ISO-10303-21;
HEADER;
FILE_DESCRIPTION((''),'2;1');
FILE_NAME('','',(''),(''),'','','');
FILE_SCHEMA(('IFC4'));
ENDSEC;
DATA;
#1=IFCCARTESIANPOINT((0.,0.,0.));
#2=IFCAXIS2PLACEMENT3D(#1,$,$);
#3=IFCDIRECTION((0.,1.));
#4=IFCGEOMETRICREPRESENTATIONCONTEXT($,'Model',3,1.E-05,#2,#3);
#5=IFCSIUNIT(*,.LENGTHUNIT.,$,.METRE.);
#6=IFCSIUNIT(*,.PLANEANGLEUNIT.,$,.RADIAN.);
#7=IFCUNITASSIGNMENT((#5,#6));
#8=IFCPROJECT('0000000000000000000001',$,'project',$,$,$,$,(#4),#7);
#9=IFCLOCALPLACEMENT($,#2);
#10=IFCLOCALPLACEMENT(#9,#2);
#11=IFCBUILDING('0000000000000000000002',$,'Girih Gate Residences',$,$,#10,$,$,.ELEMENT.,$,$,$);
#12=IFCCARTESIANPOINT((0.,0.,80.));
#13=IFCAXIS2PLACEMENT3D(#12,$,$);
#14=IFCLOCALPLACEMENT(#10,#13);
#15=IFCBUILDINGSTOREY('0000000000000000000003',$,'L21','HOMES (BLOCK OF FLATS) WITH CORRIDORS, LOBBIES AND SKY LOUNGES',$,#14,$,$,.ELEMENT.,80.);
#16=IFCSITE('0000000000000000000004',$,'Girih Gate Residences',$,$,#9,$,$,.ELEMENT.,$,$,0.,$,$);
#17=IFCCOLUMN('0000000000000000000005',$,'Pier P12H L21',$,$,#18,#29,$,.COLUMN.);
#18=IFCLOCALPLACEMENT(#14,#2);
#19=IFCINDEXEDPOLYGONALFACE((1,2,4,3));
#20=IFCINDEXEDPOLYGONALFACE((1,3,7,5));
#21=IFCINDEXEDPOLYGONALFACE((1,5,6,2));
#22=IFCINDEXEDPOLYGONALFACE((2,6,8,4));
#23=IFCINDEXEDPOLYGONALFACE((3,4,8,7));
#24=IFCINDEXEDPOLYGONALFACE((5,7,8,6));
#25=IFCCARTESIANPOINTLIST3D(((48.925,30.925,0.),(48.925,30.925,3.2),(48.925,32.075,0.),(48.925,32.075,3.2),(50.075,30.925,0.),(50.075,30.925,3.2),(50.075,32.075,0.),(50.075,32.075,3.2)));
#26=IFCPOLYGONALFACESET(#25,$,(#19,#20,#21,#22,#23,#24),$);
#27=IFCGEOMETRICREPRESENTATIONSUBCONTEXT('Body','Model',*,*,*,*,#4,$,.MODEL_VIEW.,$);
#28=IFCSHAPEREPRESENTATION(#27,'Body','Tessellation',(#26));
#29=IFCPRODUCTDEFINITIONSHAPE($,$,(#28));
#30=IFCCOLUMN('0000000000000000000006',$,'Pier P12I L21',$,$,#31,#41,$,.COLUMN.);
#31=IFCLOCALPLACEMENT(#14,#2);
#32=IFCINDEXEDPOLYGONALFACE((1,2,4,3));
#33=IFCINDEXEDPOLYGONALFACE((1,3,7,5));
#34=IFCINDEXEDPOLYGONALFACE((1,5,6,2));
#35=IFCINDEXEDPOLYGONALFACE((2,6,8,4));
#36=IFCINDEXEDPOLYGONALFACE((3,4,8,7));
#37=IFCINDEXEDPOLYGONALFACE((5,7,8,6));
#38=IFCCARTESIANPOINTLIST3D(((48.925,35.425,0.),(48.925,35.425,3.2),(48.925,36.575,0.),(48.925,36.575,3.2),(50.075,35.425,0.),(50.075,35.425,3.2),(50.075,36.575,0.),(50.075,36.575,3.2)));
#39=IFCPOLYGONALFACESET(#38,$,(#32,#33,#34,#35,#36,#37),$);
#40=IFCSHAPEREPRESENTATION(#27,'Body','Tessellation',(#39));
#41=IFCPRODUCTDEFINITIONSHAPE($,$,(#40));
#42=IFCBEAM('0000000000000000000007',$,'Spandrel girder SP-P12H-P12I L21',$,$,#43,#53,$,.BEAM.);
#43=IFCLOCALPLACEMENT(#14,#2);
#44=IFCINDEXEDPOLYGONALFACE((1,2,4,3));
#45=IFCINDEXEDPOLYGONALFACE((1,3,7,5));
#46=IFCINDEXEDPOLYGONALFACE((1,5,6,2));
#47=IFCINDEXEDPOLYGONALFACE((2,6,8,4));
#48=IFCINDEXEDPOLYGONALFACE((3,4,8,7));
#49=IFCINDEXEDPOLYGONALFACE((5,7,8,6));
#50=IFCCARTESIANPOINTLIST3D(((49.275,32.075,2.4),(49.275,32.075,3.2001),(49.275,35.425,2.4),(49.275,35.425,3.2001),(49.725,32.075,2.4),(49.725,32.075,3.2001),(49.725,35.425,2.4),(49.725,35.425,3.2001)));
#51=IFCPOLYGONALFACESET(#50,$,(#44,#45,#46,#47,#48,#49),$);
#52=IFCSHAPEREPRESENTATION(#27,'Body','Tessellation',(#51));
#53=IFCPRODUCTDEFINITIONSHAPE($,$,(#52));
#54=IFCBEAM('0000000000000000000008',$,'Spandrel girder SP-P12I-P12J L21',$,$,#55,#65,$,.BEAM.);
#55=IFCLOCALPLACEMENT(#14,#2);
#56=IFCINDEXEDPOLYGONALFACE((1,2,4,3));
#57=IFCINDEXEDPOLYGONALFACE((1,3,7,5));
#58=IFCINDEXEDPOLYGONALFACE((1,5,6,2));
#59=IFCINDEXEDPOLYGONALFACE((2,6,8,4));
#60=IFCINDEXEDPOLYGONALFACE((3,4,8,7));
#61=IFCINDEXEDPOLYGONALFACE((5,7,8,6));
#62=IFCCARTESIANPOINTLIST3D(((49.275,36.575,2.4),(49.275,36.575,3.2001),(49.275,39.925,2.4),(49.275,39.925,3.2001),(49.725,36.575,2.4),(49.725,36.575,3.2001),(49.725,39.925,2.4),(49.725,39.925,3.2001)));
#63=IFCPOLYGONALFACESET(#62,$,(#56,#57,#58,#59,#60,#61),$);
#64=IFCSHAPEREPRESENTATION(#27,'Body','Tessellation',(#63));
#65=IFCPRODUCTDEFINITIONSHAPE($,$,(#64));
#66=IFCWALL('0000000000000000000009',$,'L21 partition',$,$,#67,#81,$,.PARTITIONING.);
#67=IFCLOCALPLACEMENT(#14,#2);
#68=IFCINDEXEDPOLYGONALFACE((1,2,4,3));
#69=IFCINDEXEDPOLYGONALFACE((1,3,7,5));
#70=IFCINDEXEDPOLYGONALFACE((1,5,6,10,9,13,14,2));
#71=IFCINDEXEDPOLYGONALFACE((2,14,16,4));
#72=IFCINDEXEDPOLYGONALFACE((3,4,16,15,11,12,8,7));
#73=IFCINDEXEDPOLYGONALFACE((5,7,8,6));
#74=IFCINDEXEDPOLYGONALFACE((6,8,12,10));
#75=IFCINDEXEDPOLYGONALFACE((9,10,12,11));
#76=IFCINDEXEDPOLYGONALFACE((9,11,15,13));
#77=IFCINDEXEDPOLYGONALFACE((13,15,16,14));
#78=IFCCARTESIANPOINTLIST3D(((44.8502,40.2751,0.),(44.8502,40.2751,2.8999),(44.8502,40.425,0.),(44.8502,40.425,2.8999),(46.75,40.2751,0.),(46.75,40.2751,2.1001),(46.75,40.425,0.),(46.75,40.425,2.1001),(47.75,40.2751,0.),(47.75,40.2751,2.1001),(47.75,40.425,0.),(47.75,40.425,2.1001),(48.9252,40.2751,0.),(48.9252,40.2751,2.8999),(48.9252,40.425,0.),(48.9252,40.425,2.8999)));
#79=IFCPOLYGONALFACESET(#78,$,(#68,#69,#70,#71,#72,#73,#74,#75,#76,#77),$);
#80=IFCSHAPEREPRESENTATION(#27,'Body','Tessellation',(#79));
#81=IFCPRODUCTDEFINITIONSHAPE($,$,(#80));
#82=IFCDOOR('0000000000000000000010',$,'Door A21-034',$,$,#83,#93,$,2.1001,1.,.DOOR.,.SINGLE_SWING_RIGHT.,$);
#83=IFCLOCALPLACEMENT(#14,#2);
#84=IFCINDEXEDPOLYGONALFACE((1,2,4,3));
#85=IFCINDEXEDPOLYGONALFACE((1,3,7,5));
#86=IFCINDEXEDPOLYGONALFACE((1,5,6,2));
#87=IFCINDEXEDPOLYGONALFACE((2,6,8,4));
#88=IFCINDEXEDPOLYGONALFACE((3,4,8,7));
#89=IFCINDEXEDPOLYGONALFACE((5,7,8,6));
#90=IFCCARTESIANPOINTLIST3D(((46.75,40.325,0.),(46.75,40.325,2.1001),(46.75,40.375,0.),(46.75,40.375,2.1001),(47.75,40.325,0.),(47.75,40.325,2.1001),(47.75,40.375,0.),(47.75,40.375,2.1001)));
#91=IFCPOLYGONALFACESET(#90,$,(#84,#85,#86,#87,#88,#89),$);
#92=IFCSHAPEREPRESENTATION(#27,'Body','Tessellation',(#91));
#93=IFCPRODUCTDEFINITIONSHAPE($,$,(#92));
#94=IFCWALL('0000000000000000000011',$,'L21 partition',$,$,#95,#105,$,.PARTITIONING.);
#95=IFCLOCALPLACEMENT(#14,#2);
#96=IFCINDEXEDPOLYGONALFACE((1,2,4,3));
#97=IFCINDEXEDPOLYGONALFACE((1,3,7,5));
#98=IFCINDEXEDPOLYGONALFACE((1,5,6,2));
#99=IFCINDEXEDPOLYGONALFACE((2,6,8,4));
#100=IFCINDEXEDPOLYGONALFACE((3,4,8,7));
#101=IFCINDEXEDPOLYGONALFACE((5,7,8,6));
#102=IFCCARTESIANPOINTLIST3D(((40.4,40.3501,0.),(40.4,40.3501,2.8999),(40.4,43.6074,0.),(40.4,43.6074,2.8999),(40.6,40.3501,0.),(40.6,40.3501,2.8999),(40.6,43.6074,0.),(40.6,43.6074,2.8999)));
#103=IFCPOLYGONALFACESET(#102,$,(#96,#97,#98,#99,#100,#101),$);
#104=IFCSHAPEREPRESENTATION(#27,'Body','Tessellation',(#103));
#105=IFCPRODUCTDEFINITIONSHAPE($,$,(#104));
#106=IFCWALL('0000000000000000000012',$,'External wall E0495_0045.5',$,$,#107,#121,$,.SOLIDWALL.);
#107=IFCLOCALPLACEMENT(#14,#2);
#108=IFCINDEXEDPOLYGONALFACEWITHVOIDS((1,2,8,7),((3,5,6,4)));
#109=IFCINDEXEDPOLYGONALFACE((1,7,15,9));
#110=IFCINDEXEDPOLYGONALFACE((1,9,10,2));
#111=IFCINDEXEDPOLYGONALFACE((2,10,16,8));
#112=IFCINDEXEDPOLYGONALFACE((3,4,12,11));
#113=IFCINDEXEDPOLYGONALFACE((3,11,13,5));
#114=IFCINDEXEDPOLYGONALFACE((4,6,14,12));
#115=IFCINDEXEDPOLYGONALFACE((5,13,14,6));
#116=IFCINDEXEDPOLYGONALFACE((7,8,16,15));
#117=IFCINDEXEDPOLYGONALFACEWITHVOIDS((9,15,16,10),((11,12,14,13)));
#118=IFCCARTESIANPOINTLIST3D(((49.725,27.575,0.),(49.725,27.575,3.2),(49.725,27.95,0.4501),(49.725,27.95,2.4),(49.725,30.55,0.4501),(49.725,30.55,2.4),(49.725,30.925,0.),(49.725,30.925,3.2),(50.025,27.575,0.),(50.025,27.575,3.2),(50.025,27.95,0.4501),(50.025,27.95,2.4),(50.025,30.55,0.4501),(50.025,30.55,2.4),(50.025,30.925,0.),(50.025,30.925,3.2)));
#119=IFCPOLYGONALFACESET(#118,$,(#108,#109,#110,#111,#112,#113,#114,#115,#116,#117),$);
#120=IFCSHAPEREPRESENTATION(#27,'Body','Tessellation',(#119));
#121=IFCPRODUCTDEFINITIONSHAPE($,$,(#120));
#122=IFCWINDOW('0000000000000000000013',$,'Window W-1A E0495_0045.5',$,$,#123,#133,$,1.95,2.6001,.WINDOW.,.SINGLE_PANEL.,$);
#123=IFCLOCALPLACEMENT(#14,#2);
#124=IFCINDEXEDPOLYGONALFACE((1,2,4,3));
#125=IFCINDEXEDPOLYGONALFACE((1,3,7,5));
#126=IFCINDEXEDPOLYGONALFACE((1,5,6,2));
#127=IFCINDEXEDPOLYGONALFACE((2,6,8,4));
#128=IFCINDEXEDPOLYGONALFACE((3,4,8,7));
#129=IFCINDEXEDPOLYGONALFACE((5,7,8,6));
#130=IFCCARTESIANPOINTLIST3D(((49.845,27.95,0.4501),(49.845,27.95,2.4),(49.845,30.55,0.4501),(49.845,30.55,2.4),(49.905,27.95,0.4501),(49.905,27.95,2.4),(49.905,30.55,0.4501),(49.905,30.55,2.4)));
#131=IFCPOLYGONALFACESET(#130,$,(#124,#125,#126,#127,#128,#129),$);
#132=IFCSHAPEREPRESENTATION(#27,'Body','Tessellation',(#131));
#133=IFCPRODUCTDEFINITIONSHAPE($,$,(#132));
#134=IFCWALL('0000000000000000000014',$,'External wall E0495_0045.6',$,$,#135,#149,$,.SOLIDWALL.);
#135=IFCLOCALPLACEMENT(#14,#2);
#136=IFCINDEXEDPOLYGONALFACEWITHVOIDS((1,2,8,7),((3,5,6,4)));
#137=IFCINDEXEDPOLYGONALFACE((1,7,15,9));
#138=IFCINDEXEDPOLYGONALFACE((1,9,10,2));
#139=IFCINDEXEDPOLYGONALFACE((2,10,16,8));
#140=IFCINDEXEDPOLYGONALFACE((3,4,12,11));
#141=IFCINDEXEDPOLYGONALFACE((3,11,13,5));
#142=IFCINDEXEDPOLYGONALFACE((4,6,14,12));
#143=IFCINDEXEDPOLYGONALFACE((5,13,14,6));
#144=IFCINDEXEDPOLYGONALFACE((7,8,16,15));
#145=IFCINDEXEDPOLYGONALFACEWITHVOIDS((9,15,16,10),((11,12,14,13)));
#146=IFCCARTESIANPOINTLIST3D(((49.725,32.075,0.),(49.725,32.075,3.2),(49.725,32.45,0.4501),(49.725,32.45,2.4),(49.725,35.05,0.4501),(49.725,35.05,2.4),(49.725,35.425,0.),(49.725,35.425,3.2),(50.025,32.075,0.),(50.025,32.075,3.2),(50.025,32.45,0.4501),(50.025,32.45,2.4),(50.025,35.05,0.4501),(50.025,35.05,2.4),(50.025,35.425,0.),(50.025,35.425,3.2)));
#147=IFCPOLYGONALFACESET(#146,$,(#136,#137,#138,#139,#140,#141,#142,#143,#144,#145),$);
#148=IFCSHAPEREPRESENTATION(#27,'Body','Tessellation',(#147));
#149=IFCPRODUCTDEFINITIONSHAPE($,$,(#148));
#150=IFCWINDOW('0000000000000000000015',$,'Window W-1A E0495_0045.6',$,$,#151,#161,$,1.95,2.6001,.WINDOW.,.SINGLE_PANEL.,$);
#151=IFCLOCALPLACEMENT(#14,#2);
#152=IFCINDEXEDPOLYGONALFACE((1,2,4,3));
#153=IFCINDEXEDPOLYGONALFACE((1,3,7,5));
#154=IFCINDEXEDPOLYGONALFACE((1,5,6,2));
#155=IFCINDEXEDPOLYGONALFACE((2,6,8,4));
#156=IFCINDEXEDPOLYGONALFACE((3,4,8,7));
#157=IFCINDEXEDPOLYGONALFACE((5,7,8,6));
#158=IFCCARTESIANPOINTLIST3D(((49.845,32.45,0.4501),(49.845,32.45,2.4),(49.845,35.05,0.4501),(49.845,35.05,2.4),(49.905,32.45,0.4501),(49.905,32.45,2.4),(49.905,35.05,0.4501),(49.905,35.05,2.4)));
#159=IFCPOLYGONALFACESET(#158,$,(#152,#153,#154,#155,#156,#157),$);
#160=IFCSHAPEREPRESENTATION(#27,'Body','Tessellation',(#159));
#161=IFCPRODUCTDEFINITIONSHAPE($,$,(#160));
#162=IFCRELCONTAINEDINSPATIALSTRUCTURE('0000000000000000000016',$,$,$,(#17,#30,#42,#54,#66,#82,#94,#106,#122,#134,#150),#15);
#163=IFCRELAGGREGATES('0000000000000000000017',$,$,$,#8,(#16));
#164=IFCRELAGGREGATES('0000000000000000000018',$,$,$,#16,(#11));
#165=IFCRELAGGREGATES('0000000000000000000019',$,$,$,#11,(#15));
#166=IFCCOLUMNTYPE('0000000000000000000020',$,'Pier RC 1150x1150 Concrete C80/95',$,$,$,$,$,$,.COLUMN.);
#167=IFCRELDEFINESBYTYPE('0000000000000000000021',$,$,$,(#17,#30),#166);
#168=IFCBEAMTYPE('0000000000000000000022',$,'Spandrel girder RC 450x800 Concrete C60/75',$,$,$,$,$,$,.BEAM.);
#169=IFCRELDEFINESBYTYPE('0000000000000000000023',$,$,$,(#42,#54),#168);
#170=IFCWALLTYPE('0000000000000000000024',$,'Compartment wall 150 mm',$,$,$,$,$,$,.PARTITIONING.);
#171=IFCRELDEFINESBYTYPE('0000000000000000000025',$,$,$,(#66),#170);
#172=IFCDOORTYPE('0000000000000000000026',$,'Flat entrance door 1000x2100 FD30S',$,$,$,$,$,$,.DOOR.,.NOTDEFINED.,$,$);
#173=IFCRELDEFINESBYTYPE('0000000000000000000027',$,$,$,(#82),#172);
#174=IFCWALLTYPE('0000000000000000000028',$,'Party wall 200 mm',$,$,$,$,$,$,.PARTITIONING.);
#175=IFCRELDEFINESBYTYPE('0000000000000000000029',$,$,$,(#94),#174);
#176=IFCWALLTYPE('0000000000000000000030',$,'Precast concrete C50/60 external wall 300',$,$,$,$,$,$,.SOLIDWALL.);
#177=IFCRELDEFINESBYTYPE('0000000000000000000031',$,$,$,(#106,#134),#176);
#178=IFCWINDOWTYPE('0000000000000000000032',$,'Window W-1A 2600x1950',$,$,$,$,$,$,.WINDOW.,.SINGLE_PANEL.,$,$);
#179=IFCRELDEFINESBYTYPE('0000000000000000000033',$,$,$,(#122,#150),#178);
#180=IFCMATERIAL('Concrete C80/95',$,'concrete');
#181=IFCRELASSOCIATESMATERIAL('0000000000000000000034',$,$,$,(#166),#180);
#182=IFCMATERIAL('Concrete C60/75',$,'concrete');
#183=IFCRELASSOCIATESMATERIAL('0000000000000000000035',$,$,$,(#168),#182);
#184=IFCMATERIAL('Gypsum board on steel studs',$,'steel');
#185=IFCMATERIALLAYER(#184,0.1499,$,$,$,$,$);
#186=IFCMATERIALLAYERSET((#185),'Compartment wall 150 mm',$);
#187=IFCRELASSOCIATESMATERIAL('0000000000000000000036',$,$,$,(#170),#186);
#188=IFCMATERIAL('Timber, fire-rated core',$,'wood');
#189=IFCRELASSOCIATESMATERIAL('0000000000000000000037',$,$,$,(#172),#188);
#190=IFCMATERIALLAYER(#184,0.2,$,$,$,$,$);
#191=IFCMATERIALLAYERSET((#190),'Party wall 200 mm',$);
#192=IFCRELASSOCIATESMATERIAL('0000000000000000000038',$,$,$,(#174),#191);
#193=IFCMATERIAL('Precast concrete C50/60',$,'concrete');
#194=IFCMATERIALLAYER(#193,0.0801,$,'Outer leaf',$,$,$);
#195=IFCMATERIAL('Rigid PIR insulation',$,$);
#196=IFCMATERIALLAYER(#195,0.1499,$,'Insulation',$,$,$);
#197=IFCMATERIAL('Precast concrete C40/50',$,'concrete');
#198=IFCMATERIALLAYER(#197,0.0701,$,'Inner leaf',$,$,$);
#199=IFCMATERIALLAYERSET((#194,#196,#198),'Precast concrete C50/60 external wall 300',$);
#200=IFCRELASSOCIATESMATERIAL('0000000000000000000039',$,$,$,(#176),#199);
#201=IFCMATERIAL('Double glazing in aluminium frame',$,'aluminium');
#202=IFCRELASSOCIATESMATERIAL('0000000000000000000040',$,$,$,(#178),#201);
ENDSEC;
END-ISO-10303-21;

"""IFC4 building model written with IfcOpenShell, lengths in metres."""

from ifc_helpers import new_model, si_unit, direction, frame, frame_2d, origin, origin_2d, place, context, subcontext, project, spatial, rectangle, extrude, material, layer, layer_set, material_profile, profile_set, type_object, element, fill, save


model = new_model("IFC4")

# Units and contexts
model_context = context("Model", 3, precision=1e-05, world=origin(), true_north=direction((0.0, 1.0)))
body_context = subcontext(model_context, "Body", "Model", "MODEL_VIEW")
ifc_project = project(units=[si_unit("LENGTHUNIT", "METRE"), si_unit("PLANEANGLEUNIT", "RADIAN")], contexts=[model_context])

# Site, building, storey
site_placement = place(None, origin())
site = spatial("IfcSite", under=ifc_project, at=site_placement, Name="Girih Gate Residences", CompositionType="ELEMENT", RefElevation=0.0)
building_placement = place(site_placement, origin())
building = spatial("IfcBuilding", under=site, at=building_placement, Name="Girih Gate Residences", CompositionType="ELEMENT")
storey_placement = place(building_placement, frame((0.0, 0.0, 80.0)))
storey = spatial("IfcBuildingStorey", under=building, at=storey_placement, Name="L21", Description="HOMES (BLOCK OF FLATS) WITH CORRIDORS, LOBBIES AND SKY LOUNGES", CompositionType="ELEMENT", Elevation=80.0)

# Columns
ifc_material_1 = material(Name="Concrete C80/95", Category="concrete")
ifc_material_profile_1 = material_profile(ifc_material_1, rectangle(XDim=1.1499, YDim=1.1499, at=origin_2d()))
ifc_profile_set_1 = profile_set([ifc_material_profile_1], Name="Concrete C80/95")
column_type = type_object("IfcColumnType", Name="Pier RC 1150x1150 Concrete C80/95", PredefinedType="COLUMN", material=ifc_profile_set_1)
for number, where, z_axis, x_axis, name in (
    (1, (49.5, 31.5, 0.0), (0.0, 0.0, 1.0), (1.0, 0.0, 0.0), "Pier P12H L21"),
    (2, (49.5, 36.0, 0.0), (0.0, 0.0, 1.0), (1.0, 0.0, 0.0), "Pier P12I L21"),
):
    element("IfcColumn", number, at=place(storey_placement, frame(where, z_axis=z_axis, x_axis=x_axis)), inside=storey, type_object=column_type, Name=name, PredefinedType="COLUMN", context=body_context, shape_type="SweptSolid", body=[
        extrude(rectangle(XDim=1.1499, YDim=1.1499, at=origin_2d()), origin(), (0.0, 0.0, 1.0), 3.2),
    ])

# Beams
ifc_material_2 = material(Name="Concrete C60/75", Category="concrete")
ifc_material_profile_2 = material_profile(ifc_material_2, rectangle(XDim=0.45, YDim=0.8, at=origin_2d()))
ifc_profile_set_2 = profile_set([ifc_material_profile_2], Name="Concrete C60/75")
beam_type = type_object("IfcBeamType", Name="Spandrel girder RC 450x800 Concrete C60/75", PredefinedType="BEAM", material=ifc_profile_set_2)
for number, where, z_axis, x_axis, name in (
    (3, (49.5, 32.075, 2.8), (0.0, 1.0, 0.0), (-1.0, 0.0, 0.0), "Spandrel girder SP-P12H-P12I L21"),
    (4, (49.5, 36.575, 2.8), (0.0, 1.0, 0.0), (-1.0, 0.0, 0.0), "Spandrel girder SP-P12I-P12J L21"),
):
    element("IfcBeam", number, at=place(storey_placement, frame(where, z_axis=z_axis, x_axis=x_axis)), inside=storey, type_object=beam_type, Name=name, PredefinedType="BEAM", context=body_context, shape_type="SweptSolid", body=[
        extrude(rectangle(XDim=0.45, YDim=0.8, at=origin_2d()), origin(), (0.0, 0.0, 1.0), 3.3501),
    ])

# Wall, opening, door
ifc_material_3 = material(Name="Gypsum board on steel studs", Category="steel")
ifc_layer_1 = layer(ifc_material_3, 0.1499)
ifc_layer_set_1 = layer_set([ifc_layer_1], Name="Compartment wall 150 mm")
wall_type_1 = type_object("IfcWallType", Name="Compartment wall 150 mm", PredefinedType="PARTITIONING", material=ifc_layer_set_1)
wall_1_placement = place(storey_placement, frame((44.8501, 40.3501, 0.0), z_axis=(0.0, 0.0, 1.0), x_axis=(1.0, 0.0, 0.0)))
wall_1 = element("IfcWall", 5, at=wall_1_placement, inside=storey, type_object=wall_type_1, Name="L21 partition", PredefinedType="PARTITIONING", context=body_context, shape_type="SweptSolid", body=[
    extrude(rectangle(XDim=4.075, YDim=0.1499, at=frame_2d((2.0376, 0.0))), origin(), (0.0, 0.0, 1.0), 2.8999),
])
opening_1_placement = place(wall_1_placement, frame((1.8999, 0.0, 0.0)))
opening_1 = element("IfcOpeningElement", 6, at=opening_1_placement, cuts=wall_1, PredefinedType="OPENING", context=body_context, shape_type="SweptSolid", body=[
    extrude(rectangle(XDim=1.0, YDim=2.1001, at=frame_2d((0.5, 1.05))), frame((0.0, 0.085, 0.0), z_axis=(0.0, -1.0, 0.0), x_axis=(1.0, 0.0, 0.0)), (0.0, 0.0, 1.0), 0.1699),
])
ifc_material_4 = material(Name="Timber, fire-rated core", Category="wood")
door_type_1 = type_object("IfcDoorType", Name="Flat entrance door 1000x2100 FD30S", OperationType="NOTDEFINED", PredefinedType="DOOR", material=ifc_material_4)
door_1_placement = place(opening_1_placement, origin())
door_1 = element("IfcDoor", 7, at=door_1_placement, inside=storey, type_object=door_type_1, Name="Door A21-034", OperationType="SINGLE_SWING_RIGHT", OverallHeight=2.1001, OverallWidth=1.0, PredefinedType="DOOR", context=body_context, shape_type="SweptSolid", body=[
    extrude(rectangle(XDim=1.0, YDim=2.1001, at=frame_2d((0.5, 1.05))), frame((0.0, 0.0249, 0.0), z_axis=(0.0, -1.0, 0.0), x_axis=(1.0, 0.0, 0.0)), (0.0, 0.0, 1.0), 0.05),
])
fill(opening_1, door_1)

# Wall
ifc_layer_2 = layer(ifc_material_3, 0.2)
ifc_layer_set_2 = layer_set([ifc_layer_2], Name="Party wall 200 mm")
wall_type_2 = type_object("IfcWallType", Name="Party wall 200 mm", PredefinedType="PARTITIONING", material=ifc_layer_set_2)
wall_2_placement = place(storey_placement, frame((40.5, 40.3501, 0.0), z_axis=(0.0, 0.0, 1.0), x_axis=(0.0, 1.0, 0.0)))
element("IfcWall", 8, at=wall_2_placement, inside=storey, type_object=wall_type_2, Name="L21 partition", PredefinedType="PARTITIONING", context=body_context, shape_type="SweptSolid", body=[
    extrude(rectangle(XDim=3.2573, YDim=0.2, at=frame_2d((1.6287, 0.0))), origin(), (0.0, 0.0, 1.0), 2.8999),
])

# Walls, openings, windows
ifc_material_5 = material(Name="Precast concrete C50/60", Category="concrete")
ifc_layer_3 = layer(ifc_material_5, 0.0801, Name="Outer leaf")
ifc_material_6 = material(Name="Rigid PIR insulation")
ifc_layer_4 = layer(ifc_material_6, 0.1499, Name="Insulation")
ifc_material_7 = material(Name="Precast concrete C40/50", Category="concrete")
ifc_layer_5 = layer(ifc_material_7, 0.0701, Name="Inner leaf")
ifc_layer_set_3 = layer_set([ifc_layer_3, ifc_layer_4, ifc_layer_5], Name="Precast concrete C50/60 external wall 300")
wall_type_3 = type_object("IfcWallType", Name="Precast concrete C50/60 external wall 300", PredefinedType="SOLIDWALL", material=ifc_layer_set_3)
wall_3_placement = place(storey_placement, frame((49.875, 30.925, 0.0), z_axis=(0.0, 0.0, 1.0), x_axis=(0.0, -1.0, 0.0)))
wall_3 = element("IfcWall", 9, at=wall_3_placement, inside=storey, type_object=wall_type_3, Name="External wall E0495_0045.5", PredefinedType="SOLIDWALL", context=body_context, shape_type="SweptSolid", body=[
    extrude(rectangle(XDim=3.3501, YDim=0.3, at=frame_2d((1.675, 0.0))), origin(), (0.0, 0.0, 1.0), 3.2),
])
opening_2_placement = place(wall_3_placement, frame((0.375, 0.0, 0.45)))
opening_2 = element("IfcOpeningElement", 10, at=opening_2_placement, cuts=wall_3, PredefinedType="OPENING", context=body_context, shape_type="SweptSolid", body=[
    extrude(rectangle(XDim=2.6001, YDim=1.95, at=frame_2d((1.3, 0.9751))), frame((0.0, 0.1599, 0.0), z_axis=(0.0, -1.0, 0.0), x_axis=(1.0, 0.0, 0.0)), (0.0, 0.0, 1.0), 0.3201),
])
ifc_material_8 = material(Name="Double glazing in aluminium frame", Category="aluminium")
window_type = type_object("IfcWindowType", Name="Window W-1A 2600x1950", PartitioningType="SINGLE_PANEL", PredefinedType="WINDOW", material=ifc_material_8)
window_1_placement = place(opening_2_placement, origin())
window_1 = element("IfcWindow", 11, at=window_1_placement, inside=storey, type_object=window_type, Name="Window W-1A E0495_0045.5", OverallHeight=1.95, OverallWidth=2.6001, PartitioningType="SINGLE_PANEL", PredefinedType="WINDOW", context=body_context, shape_type="SweptSolid", body=[
    extrude(rectangle(XDim=2.6001, YDim=1.95, at=frame_2d((1.3, 0.9751))), frame((0.0, 0.03, 0.0), z_axis=(0.0, -1.0, 0.0), x_axis=(1.0, 0.0, 0.0)), (0.0, 0.0, 1.0), 0.0601),
])
fill(opening_2, window_1)
wall_4_placement = place(storey_placement, frame((49.875, 35.425, 0.0), z_axis=(0.0, 0.0, 1.0), x_axis=(0.0, -1.0, 0.0)))
wall_4 = element("IfcWall", 12, at=wall_4_placement, inside=storey, type_object=wall_type_3, Name="External wall E0495_0045.6", PredefinedType="SOLIDWALL", context=body_context, shape_type="SweptSolid", body=[
    extrude(rectangle(XDim=3.3501, YDim=0.3, at=frame_2d((1.675, 0.0))), origin(), (0.0, 0.0, 1.0), 3.2),
])
opening_3_placement = place(wall_4_placement, frame((0.375, 0.0, 0.45)))
opening_3 = element("IfcOpeningElement", 13, at=opening_3_placement, cuts=wall_4, PredefinedType="OPENING", context=body_context, shape_type="SweptSolid", body=[
    extrude(rectangle(XDim=2.6001, YDim=1.95, at=frame_2d((1.3, 0.9751))), frame((0.0, 0.1599, 0.0), z_axis=(0.0, -1.0, 0.0), x_axis=(1.0, 0.0, 0.0)), (0.0, 0.0, 1.0), 0.3201),
])
window_2_placement = place(opening_3_placement, origin())
window_2 = element("IfcWindow", 14, at=window_2_placement, inside=storey, type_object=window_type, Name="Window W-1A E0495_0045.6", OverallHeight=1.95, OverallWidth=2.6001, PartitioningType="SINGLE_PANEL", PredefinedType="WINDOW", context=body_context, shape_type="SweptSolid", body=[
    extrude(rectangle(XDim=2.6001, YDim=1.95, at=frame_2d((1.3, 0.9751))), frame((0.0, 0.03, 0.0), z_axis=(0.0, -1.0, 0.0), x_axis=(1.0, 0.0, 0.0)), (0.0, 0.0, 1.0), 0.0601),
])
fill(opening_3, window_2)

save(model, "model.ifc")
